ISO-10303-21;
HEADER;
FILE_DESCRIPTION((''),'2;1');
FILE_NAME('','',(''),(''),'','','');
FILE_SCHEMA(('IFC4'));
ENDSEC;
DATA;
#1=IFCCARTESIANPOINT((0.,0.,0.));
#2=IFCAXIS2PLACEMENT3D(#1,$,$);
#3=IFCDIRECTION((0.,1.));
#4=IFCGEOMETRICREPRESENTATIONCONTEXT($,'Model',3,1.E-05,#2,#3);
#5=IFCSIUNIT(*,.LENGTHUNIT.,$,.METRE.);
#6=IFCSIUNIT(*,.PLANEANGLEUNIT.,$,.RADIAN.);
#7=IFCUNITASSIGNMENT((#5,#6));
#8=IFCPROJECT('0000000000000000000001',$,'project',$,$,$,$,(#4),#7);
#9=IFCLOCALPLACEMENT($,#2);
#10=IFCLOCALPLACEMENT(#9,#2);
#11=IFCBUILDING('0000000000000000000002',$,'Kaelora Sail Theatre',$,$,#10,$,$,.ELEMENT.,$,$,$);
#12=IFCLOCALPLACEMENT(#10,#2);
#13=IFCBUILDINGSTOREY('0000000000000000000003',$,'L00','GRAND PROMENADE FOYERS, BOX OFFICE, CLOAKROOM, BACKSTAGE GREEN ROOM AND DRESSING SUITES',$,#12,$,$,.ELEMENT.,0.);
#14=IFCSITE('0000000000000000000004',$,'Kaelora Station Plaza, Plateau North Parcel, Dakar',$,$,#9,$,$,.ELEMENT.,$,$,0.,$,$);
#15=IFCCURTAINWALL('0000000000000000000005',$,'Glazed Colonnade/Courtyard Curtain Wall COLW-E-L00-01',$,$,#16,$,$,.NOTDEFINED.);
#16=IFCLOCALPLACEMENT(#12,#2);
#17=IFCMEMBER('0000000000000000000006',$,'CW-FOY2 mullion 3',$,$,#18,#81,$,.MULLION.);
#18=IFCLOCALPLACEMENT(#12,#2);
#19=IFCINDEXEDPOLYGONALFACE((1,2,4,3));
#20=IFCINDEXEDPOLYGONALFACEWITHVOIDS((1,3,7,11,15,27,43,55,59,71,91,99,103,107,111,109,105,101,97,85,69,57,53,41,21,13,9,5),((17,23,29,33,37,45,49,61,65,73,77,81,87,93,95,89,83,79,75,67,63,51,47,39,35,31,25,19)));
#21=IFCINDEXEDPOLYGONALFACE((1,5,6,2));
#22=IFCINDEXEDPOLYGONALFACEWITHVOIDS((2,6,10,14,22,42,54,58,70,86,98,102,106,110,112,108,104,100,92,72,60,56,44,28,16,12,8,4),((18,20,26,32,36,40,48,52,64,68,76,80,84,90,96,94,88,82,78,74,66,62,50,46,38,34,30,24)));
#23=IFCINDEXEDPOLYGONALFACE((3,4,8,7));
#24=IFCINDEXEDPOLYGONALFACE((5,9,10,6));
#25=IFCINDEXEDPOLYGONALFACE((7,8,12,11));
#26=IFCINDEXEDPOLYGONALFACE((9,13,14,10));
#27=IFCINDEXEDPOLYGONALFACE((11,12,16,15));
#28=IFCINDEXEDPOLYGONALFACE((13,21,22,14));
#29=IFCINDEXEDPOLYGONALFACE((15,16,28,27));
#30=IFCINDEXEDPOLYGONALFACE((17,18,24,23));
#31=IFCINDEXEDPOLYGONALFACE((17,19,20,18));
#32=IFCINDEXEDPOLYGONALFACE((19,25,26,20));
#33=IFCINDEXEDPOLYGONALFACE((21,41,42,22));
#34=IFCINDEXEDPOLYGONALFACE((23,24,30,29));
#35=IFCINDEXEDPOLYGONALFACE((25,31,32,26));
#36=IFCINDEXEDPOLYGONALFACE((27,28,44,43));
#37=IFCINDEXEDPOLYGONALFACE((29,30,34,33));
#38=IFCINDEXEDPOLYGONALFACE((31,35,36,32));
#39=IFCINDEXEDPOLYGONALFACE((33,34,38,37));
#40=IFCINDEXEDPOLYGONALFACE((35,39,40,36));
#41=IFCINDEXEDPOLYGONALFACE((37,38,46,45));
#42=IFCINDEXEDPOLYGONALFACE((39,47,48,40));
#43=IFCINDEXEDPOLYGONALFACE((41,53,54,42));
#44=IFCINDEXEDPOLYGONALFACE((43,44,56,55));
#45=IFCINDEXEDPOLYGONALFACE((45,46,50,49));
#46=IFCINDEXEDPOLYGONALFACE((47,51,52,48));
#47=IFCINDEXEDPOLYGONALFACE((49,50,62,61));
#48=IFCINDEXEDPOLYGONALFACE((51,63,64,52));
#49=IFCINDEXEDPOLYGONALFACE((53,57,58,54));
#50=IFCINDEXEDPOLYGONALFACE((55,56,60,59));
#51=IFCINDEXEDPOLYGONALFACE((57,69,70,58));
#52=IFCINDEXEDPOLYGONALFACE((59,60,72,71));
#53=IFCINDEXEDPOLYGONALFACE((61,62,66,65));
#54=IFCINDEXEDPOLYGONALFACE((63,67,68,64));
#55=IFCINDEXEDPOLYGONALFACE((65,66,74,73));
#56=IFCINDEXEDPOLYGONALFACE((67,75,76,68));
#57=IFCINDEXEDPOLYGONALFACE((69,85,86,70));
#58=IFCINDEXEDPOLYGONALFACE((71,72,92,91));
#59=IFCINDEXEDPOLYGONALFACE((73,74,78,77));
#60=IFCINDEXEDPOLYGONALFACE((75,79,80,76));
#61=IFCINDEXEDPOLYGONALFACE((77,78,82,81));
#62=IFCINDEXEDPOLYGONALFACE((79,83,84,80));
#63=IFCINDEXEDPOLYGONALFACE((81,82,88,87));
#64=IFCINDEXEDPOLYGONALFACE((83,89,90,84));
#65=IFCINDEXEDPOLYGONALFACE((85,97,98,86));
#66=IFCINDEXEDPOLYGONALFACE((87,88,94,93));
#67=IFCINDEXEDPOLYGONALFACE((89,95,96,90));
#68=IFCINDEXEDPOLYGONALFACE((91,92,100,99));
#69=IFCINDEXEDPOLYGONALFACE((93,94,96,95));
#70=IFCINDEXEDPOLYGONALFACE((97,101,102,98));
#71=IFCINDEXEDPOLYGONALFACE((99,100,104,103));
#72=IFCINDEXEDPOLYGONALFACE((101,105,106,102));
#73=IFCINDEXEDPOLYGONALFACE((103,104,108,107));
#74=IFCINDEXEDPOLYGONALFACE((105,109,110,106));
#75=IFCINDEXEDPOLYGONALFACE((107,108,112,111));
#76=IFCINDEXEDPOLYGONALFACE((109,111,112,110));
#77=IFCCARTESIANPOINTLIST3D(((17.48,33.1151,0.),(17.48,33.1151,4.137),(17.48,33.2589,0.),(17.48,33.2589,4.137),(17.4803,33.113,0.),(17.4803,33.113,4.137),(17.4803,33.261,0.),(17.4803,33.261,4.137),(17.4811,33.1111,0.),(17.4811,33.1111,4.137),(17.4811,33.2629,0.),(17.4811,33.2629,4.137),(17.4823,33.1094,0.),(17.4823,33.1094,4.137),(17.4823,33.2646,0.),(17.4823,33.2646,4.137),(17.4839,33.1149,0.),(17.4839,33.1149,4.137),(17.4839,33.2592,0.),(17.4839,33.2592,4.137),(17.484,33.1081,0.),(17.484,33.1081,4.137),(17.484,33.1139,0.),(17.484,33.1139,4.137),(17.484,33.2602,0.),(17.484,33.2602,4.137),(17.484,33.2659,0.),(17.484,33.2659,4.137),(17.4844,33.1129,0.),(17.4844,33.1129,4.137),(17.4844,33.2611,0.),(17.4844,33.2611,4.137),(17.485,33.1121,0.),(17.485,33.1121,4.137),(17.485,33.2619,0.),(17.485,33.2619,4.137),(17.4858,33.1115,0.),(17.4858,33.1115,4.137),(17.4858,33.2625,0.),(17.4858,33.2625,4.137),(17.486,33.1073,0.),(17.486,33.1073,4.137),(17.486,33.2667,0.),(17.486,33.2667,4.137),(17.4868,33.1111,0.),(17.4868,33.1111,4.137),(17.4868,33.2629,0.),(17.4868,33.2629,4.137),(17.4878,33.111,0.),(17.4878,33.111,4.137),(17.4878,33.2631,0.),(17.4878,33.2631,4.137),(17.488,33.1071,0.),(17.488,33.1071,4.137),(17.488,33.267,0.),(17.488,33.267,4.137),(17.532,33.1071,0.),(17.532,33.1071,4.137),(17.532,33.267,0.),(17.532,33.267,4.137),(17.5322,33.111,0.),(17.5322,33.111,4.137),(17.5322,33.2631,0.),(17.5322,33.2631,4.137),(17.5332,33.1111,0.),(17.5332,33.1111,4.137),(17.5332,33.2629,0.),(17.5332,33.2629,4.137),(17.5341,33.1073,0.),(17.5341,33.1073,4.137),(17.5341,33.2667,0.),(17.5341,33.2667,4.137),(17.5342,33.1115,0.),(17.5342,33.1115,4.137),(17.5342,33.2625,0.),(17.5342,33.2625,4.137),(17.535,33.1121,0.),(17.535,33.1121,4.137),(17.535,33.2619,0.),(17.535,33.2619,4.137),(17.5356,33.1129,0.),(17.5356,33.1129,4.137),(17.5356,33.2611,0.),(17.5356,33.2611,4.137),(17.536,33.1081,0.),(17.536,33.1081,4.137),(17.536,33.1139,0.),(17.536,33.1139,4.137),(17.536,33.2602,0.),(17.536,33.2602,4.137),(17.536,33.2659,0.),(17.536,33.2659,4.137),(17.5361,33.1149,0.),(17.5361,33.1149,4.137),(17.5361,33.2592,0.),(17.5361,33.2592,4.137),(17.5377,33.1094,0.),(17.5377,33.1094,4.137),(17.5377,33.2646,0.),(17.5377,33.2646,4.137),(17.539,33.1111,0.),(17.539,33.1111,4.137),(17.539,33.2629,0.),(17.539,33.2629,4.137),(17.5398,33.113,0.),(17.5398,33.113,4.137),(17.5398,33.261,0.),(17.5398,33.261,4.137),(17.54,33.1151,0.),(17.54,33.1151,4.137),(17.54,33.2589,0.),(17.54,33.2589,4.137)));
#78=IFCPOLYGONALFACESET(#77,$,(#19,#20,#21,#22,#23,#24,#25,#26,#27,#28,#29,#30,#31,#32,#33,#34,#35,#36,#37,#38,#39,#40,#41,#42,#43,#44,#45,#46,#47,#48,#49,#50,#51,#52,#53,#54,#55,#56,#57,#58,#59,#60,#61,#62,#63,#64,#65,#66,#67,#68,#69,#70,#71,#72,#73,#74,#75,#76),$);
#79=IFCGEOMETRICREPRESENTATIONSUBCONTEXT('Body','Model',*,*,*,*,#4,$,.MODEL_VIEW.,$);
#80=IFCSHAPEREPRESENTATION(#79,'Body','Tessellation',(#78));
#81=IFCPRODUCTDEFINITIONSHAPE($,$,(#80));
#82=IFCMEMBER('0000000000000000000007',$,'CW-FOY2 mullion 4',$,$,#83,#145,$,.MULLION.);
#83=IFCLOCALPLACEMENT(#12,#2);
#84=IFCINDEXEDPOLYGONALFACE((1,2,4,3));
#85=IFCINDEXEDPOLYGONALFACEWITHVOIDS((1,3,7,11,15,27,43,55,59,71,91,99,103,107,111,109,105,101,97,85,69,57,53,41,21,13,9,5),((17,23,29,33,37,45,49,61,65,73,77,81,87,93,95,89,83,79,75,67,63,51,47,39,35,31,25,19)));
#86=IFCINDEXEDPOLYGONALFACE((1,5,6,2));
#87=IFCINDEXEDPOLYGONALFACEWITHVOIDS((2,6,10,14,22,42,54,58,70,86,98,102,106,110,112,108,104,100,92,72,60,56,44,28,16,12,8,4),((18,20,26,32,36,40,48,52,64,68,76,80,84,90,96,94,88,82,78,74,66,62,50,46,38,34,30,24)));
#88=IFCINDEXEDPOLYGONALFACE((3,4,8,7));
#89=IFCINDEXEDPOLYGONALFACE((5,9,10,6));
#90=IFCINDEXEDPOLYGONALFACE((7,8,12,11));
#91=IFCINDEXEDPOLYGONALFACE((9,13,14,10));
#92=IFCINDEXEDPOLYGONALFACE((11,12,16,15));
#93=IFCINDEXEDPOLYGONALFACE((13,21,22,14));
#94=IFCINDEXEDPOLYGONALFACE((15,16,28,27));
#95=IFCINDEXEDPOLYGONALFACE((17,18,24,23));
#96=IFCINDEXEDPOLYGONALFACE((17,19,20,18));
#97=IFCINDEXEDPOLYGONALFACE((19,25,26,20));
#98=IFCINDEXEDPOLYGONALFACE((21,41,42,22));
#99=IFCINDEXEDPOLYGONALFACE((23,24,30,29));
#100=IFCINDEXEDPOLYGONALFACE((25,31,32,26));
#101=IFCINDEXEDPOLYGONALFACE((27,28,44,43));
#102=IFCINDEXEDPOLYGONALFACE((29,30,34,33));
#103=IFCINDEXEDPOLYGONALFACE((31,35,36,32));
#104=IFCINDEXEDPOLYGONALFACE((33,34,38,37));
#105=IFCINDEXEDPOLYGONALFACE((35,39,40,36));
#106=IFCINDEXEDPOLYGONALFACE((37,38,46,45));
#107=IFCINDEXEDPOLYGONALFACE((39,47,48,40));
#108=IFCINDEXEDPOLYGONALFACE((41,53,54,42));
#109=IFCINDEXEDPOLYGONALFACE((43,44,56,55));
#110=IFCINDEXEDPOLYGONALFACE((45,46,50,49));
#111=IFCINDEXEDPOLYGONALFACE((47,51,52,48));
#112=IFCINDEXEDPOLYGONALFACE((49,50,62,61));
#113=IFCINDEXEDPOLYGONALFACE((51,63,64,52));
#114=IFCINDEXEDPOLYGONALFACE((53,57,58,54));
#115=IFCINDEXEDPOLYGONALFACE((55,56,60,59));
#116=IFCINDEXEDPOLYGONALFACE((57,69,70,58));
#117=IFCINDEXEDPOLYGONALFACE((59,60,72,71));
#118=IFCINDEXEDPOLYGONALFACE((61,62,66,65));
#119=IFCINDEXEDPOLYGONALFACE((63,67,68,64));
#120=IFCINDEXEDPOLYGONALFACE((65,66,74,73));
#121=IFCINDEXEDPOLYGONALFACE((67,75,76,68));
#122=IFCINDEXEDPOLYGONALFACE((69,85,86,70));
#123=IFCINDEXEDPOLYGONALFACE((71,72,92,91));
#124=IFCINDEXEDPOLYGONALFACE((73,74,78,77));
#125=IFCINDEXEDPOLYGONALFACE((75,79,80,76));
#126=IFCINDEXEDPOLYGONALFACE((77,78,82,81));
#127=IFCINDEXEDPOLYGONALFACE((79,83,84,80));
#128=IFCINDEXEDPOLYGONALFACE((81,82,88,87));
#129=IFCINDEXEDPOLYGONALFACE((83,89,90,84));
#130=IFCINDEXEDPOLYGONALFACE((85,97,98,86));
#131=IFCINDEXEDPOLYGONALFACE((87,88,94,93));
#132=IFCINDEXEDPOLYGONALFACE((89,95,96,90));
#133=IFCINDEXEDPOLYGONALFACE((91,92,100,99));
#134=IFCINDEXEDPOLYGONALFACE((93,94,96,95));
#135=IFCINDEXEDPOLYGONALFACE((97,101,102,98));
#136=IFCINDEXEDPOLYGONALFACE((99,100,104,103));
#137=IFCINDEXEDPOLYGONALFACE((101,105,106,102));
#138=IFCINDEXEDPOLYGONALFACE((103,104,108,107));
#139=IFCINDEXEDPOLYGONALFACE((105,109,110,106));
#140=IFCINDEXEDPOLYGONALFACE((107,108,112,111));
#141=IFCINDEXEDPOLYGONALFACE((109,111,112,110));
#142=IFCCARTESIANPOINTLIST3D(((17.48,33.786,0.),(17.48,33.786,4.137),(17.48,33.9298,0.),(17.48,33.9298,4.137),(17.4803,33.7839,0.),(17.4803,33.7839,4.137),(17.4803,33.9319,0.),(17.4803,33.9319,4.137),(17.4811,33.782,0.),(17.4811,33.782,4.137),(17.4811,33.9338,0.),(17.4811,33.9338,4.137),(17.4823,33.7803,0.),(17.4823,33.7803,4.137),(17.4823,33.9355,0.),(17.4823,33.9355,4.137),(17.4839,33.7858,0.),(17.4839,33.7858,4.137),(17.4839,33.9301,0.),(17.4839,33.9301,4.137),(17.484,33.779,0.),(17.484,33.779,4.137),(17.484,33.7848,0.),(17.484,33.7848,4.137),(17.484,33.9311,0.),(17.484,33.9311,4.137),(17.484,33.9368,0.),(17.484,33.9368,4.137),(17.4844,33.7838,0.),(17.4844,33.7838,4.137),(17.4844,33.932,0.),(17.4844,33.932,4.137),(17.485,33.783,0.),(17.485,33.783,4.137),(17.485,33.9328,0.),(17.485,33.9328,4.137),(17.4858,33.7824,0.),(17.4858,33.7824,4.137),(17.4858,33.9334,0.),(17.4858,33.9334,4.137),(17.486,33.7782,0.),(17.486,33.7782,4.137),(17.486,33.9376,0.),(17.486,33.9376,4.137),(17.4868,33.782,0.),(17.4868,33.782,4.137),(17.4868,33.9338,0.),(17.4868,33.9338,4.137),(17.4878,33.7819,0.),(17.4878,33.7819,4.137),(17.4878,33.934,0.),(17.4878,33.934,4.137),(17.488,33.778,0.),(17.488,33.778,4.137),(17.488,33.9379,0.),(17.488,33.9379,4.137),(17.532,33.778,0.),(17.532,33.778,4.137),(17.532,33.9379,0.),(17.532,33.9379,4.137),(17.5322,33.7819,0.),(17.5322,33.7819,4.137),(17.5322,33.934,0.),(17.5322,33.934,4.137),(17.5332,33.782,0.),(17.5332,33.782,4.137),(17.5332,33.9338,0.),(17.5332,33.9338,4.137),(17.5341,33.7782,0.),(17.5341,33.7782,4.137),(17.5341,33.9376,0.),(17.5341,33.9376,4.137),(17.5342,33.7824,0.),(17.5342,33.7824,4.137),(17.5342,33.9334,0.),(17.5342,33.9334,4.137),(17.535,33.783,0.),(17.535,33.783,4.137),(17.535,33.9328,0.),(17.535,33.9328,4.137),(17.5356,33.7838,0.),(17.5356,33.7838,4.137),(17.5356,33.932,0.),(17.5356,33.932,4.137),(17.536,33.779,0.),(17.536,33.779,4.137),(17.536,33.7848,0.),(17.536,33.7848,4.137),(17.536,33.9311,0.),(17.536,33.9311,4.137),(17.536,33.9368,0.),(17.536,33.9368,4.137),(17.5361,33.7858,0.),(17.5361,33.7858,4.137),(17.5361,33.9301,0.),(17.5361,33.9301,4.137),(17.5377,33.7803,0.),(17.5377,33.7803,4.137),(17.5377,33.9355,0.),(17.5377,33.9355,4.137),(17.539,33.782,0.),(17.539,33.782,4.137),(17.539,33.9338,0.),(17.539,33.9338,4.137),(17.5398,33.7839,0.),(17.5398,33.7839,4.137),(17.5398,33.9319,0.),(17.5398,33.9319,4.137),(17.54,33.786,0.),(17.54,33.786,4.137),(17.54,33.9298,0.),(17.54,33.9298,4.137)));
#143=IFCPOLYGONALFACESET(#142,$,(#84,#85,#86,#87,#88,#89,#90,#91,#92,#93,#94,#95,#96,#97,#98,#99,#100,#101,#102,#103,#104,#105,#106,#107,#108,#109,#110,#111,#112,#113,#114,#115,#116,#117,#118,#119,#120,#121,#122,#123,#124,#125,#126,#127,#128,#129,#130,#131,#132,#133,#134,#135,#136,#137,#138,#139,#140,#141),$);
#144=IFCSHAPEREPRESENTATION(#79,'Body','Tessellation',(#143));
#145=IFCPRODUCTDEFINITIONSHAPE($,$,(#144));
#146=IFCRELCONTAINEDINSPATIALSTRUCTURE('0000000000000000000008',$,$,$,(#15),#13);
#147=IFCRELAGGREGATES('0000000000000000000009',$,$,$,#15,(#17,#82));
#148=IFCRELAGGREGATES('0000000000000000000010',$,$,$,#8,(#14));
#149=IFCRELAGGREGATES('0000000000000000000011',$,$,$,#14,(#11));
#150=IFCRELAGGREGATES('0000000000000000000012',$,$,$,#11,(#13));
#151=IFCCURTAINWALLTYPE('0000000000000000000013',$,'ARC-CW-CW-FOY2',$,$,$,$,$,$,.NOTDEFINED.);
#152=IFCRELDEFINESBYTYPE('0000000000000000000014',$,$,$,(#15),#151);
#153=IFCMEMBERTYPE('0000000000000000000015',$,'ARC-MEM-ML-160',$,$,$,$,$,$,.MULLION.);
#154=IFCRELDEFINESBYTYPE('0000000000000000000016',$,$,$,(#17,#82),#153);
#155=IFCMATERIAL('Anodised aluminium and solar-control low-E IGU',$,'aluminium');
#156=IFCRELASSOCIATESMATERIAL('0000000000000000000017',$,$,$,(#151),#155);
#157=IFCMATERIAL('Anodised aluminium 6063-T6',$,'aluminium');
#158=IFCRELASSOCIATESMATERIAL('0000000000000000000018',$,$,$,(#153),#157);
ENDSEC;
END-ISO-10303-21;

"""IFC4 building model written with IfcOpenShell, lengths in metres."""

from ifc_helpers import new_model, si_unit, direction, frame, origin, origin_2d, place, context, subcontext, project, spatial, hollow_rectangle, extrude, material, material_profile, profile_set, type_object, element, aggregate, save


model = new_model("IFC4")

# Units and contexts
model_context = context("Model", 3, precision=1e-05, world=origin(), true_north=direction((0.0, 1.0)))
body_context = subcontext(model_context, "Body", "Model", "MODEL_VIEW")
ifc_project = project(units=[si_unit("LENGTHUNIT", "METRE"), si_unit("PLANEANGLEUNIT", "RADIAN")], contexts=[model_context])

# Site, building, storey
site_placement = place(None, origin())
site = spatial("IfcSite", under=ifc_project, at=site_placement, Name="Kaelora Station Plaza, Plateau North Parcel, Dakar", CompositionType="ELEMENT", RefElevation=0.0)
building_placement = place(site_placement, origin())
building = spatial("IfcBuilding", under=site, at=building_placement, Name="Kaelora Sail Theatre", CompositionType="ELEMENT")
storey_placement = place(building_placement, origin())
storey = spatial("IfcBuildingStorey", under=building, at=storey_placement, Name="L00", Description="GRAND PROMENADE FOYERS, BOX OFFICE, CLOAKROOM, BACKSTAGE GREEN ROOM AND DRESSING SUITES", CompositionType="ELEMENT", Elevation=0.0)

# Curtain wall, members
ifc_material_1 = material(Name="Anodised aluminium and solar-control low-E IGU", Category="aluminium")
curtain_wall_type = type_object("IfcCurtainWallType", Name="ARC-CW-CW-FOY2", PredefinedType="NOTDEFINED", material=ifc_material_1)
curtain_wall_placement = place(storey_placement, origin())
curtain_wall = element("IfcCurtainWall", 1, at=curtain_wall_placement, inside=storey, type_object=curtain_wall_type, Name="Glazed Colonnade/Courtyard Curtain Wall COLW-E-L00-01", PredefinedType="NOTDEFINED")
ifc_material_2 = material(Name="Anodised aluminium 6063-T6", Category="aluminium")
ifc_material_profile_1 = material_profile(ifc_material_2, hollow_rectangle(XDim=0.0601, YDim=0.1599, WallThickness=0.0039, InnerFilletRadius=0.0039, OuterFilletRadius=0.0081, at=origin_2d()), Name="ALU-MULL 60x160x4")
ifc_profile_set_1 = profile_set([ifc_material_profile_1], Name="Anodised aluminium 6063-T6")
member_type_1 = type_object("IfcMemberType", Name="ARC-MEM-ML-160", PredefinedType="MULLION", material=ifc_profile_set_1)
member_1_placement = place(storey_placement, frame((17.51, 33.187, 0.0), z_axis=(0.0, 0.0, 1.0), x_axis=(-1.0, 0.0, 0.0)))
member_1 = element("IfcMember", 2, at=member_1_placement, type_object=member_type_1, Name="CW-FOY2 mullion 3", PredefinedType="MULLION", context=body_context, shape_type="SweptSolid", body=[
    extrude(hollow_rectangle(XDim=0.0601, YDim=0.1599, WallThickness=0.0039, InnerFilletRadius=0.0039, OuterFilletRadius=0.0081, at=origin_2d()), origin(), (0.0, 0.0, 1.0), 4.137),
])
member_2_placement = place(storey_placement, frame((17.51, 33.8579, 0.0), z_axis=(0.0, 0.0, 1.0), x_axis=(-1.0, 0.0, 0.0)))
member_2 = element("IfcMember", 3, at=member_2_placement, type_object=member_type_1, Name="CW-FOY2 mullion 4", PredefinedType="MULLION", context=body_context, shape_type="SweptSolid", body=[
    extrude(hollow_rectangle(XDim=0.0601, YDim=0.1599, WallThickness=0.0039, InnerFilletRadius=0.0039, OuterFilletRadius=0.0081, at=origin_2d()), origin(), (0.0, 0.0, 1.0), 4.137),
])
aggregate(curtain_wall, [member_1, member_2])

save(model, "model.ifc")
